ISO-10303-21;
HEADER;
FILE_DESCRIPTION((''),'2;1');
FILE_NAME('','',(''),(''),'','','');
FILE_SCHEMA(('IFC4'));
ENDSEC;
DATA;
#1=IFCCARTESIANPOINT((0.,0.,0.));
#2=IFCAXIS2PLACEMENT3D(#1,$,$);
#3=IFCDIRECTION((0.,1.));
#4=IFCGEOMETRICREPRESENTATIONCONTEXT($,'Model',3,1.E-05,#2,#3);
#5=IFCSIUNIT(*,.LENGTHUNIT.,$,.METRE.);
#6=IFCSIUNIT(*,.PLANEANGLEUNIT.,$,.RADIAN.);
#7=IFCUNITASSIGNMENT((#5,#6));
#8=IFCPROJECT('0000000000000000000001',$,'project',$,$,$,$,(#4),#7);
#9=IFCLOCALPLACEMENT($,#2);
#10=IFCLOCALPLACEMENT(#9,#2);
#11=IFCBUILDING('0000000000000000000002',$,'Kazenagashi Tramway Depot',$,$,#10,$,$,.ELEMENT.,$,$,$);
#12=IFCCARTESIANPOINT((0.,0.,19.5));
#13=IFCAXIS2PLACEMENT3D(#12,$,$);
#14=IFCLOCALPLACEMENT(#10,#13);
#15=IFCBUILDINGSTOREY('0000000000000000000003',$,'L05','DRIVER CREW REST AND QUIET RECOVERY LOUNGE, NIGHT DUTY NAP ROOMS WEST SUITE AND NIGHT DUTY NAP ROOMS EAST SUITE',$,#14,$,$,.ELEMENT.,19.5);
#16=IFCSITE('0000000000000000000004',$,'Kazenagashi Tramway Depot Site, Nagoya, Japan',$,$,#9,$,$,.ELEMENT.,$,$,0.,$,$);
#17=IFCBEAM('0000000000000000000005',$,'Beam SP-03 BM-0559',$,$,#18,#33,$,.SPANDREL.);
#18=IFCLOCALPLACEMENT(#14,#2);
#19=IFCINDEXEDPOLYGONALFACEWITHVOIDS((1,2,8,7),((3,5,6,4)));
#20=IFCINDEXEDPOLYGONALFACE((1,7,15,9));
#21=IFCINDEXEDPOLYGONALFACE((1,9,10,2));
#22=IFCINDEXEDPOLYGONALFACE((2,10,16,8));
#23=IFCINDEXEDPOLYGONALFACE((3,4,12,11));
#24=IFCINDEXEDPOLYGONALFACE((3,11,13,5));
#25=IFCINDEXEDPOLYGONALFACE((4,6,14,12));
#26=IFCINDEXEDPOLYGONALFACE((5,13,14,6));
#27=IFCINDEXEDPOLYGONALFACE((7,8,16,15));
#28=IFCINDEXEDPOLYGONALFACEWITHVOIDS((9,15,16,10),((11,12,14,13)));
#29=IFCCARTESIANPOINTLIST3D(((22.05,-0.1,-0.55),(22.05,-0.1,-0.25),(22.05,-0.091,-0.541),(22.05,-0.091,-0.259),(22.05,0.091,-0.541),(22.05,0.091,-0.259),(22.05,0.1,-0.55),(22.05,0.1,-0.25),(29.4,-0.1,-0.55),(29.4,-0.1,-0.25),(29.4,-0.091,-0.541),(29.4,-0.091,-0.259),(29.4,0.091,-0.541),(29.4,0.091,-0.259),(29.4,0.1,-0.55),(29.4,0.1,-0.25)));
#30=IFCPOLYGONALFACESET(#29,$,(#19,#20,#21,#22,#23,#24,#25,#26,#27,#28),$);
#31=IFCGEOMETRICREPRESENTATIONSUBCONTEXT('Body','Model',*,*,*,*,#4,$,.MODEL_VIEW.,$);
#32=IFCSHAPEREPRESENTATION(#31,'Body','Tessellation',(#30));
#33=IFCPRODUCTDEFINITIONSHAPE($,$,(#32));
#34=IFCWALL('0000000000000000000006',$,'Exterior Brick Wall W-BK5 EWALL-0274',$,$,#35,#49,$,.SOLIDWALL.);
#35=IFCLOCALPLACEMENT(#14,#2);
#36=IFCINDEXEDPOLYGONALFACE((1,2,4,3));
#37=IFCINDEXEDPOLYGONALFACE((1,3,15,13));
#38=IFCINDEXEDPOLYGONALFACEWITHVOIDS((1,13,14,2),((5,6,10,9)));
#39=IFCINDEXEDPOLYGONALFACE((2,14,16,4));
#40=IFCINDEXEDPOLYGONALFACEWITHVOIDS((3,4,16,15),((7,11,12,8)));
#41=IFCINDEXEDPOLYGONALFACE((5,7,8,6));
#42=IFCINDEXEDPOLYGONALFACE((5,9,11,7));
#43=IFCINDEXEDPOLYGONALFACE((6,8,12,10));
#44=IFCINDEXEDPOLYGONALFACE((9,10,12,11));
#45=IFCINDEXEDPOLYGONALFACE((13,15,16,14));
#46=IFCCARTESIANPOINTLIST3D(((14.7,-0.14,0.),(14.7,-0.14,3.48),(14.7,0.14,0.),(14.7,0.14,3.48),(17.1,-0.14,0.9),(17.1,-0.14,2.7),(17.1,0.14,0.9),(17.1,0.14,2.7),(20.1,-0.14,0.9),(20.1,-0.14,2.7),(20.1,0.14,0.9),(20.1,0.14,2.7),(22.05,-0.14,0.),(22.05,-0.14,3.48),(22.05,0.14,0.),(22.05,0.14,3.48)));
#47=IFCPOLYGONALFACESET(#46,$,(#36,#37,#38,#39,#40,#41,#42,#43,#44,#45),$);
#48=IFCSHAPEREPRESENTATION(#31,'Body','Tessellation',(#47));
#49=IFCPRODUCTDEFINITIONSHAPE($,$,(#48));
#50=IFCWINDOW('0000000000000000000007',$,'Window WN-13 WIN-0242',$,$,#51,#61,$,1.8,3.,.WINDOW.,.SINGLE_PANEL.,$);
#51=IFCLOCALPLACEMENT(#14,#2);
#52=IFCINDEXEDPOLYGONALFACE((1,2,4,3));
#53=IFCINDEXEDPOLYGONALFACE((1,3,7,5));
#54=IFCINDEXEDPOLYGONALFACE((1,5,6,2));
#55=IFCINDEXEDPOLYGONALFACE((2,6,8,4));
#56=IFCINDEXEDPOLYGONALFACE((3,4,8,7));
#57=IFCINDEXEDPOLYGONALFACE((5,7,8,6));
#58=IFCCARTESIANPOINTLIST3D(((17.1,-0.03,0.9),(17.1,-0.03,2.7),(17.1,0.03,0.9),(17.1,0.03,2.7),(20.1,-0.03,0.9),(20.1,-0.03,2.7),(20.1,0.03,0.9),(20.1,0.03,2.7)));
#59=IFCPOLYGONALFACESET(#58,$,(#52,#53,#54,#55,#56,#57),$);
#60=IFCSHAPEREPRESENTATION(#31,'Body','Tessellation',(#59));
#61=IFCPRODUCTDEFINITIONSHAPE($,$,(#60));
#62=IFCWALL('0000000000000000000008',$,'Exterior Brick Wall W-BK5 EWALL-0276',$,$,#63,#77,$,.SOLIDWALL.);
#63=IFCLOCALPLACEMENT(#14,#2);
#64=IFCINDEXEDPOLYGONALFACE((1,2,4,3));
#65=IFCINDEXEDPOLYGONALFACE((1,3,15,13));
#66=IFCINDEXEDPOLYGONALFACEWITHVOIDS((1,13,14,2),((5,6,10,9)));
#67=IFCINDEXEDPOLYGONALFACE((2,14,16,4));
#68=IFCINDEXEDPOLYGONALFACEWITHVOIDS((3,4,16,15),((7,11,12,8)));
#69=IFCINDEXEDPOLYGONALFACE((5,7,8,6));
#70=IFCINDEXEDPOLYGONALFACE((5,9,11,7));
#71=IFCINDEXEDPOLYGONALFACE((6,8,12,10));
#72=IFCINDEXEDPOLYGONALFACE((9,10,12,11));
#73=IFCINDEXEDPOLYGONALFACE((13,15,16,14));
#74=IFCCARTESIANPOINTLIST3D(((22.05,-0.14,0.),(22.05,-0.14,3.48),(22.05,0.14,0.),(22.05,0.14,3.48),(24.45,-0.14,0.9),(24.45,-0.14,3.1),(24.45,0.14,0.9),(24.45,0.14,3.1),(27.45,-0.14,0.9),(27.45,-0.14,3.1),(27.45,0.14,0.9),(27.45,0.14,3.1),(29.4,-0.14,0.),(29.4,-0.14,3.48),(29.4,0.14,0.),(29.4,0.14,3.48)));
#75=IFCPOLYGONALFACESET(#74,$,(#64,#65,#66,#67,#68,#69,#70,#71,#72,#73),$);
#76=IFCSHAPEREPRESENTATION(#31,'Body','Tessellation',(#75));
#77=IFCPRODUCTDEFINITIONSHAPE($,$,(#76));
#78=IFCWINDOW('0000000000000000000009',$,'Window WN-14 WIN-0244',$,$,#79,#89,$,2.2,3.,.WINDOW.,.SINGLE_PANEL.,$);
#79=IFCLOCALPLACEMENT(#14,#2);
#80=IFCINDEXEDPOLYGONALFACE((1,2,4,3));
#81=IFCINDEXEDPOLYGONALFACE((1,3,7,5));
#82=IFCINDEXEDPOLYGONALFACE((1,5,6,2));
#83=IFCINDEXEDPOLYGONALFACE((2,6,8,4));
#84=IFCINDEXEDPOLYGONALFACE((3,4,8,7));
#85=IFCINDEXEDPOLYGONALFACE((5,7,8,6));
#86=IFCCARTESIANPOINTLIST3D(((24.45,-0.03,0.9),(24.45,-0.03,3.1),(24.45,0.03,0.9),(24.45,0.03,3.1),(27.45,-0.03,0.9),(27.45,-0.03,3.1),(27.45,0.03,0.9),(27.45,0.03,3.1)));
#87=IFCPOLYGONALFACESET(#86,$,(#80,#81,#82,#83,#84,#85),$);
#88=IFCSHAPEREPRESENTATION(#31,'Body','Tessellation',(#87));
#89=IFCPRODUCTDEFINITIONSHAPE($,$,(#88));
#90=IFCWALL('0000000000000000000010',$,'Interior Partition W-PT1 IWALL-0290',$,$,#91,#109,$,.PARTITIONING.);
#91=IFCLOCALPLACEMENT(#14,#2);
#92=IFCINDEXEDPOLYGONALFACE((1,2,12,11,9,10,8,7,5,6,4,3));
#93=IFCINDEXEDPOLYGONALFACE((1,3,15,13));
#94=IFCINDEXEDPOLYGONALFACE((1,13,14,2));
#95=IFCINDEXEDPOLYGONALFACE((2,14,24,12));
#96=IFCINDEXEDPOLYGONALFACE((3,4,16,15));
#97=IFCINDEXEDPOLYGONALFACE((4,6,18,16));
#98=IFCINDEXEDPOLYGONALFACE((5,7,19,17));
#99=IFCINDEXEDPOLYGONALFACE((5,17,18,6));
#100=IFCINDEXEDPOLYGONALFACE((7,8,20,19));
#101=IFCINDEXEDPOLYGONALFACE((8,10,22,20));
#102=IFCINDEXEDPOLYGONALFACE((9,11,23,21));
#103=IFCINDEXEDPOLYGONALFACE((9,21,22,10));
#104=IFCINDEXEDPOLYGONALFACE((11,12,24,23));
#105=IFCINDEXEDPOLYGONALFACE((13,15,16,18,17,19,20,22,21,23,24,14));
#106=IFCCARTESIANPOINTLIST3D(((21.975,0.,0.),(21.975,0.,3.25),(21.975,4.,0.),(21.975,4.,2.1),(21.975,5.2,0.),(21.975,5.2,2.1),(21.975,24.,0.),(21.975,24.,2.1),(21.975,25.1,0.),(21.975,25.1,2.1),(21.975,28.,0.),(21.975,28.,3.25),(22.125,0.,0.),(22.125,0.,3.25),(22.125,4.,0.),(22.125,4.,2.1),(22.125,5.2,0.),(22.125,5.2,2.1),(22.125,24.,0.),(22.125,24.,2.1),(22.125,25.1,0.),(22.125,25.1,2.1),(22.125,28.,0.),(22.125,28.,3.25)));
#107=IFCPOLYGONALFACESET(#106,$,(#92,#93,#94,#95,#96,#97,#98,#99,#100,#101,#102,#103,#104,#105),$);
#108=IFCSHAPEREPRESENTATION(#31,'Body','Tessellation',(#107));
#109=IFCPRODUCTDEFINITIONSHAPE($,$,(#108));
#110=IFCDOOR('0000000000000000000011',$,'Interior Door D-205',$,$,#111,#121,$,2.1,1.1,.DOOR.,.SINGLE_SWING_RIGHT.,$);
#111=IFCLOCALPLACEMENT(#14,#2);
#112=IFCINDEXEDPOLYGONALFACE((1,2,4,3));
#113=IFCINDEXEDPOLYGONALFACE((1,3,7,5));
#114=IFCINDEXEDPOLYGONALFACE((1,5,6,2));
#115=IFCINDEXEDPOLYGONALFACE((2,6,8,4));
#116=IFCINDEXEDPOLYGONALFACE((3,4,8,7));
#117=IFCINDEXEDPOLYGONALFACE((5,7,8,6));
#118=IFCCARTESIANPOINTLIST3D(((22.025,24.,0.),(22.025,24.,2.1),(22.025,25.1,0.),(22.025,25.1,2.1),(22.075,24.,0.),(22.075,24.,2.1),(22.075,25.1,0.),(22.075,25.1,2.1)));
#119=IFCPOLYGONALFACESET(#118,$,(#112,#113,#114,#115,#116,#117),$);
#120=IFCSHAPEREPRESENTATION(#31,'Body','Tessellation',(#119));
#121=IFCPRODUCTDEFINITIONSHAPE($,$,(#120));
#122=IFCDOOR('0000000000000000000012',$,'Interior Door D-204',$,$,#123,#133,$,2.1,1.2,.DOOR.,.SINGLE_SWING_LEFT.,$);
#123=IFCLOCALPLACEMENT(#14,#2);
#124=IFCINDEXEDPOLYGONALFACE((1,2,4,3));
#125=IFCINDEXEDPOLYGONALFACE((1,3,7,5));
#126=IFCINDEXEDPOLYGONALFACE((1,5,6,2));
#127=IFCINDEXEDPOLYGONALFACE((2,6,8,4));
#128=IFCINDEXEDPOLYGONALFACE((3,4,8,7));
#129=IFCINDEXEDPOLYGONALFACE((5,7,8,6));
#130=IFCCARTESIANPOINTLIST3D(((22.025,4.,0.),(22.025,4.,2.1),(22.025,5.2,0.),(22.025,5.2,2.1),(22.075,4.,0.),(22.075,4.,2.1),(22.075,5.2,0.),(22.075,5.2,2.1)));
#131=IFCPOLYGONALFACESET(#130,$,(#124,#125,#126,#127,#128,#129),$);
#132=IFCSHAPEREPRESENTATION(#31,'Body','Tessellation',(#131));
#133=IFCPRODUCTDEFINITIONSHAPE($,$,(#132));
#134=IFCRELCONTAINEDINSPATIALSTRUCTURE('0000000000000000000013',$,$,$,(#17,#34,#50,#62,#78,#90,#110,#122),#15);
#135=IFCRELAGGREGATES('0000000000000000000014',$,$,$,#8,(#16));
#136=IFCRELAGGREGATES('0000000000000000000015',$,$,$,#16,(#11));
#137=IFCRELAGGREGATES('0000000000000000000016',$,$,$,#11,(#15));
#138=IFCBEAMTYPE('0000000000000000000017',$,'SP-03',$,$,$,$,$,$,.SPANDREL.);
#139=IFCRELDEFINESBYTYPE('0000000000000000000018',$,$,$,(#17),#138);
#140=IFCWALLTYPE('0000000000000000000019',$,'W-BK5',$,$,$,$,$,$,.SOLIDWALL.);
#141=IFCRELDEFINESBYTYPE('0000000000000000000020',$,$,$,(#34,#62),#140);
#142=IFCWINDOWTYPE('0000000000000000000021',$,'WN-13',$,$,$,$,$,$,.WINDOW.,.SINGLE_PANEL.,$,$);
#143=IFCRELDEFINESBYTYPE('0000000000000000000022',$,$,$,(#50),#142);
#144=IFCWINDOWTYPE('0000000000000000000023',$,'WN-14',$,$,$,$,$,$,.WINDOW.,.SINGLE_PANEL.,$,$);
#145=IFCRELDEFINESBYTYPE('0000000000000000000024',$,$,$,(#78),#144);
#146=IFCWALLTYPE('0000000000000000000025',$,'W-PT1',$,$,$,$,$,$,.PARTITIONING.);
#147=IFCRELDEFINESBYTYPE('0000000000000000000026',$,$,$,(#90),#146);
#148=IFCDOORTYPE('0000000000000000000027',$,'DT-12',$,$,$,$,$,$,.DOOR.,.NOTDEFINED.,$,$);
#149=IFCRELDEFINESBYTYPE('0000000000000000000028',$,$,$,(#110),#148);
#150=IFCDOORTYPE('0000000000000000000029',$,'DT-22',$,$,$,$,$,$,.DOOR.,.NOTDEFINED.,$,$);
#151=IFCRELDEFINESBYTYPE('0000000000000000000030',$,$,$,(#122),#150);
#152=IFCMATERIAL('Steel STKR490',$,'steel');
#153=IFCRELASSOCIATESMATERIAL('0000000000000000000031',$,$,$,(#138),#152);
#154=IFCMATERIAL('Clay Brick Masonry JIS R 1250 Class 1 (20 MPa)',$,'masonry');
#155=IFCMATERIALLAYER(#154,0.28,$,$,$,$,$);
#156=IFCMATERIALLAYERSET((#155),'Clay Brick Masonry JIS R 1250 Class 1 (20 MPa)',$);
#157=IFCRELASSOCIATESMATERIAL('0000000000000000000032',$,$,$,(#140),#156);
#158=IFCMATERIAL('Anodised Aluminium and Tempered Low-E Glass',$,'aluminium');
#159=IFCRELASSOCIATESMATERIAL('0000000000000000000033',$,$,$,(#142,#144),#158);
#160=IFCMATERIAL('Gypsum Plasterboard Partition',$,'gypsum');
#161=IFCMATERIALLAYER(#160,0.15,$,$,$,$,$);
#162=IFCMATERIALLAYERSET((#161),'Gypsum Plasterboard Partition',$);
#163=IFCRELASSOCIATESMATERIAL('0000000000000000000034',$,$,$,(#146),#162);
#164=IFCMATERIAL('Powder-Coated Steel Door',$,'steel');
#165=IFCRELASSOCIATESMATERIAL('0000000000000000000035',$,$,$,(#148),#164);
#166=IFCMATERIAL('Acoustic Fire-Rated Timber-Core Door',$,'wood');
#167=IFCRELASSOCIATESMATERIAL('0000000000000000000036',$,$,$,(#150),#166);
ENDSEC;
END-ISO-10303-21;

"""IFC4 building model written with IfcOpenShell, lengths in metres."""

from ifc_helpers import new_model, si_unit, direction, frame, frame_2d, origin, origin_2d, place, context, subcontext, project, spatial, rectangle, hollow_rectangle, extrude, material, layer, layer_set, material_profile, profile_set, type_object, element, fill, save


model = new_model("IFC4")

# Units and contexts
model_context = context("Model", 3, precision=1e-05, world=origin(), true_north=direction((0.0, 1.0)))
body_context = subcontext(model_context, "Body", "Model", "MODEL_VIEW")
ifc_project = project(units=[si_unit("LENGTHUNIT", "METRE"), si_unit("PLANEANGLEUNIT", "RADIAN")], contexts=[model_context])

# Site, building, storey
site_placement = place(None, origin())
site = spatial("IfcSite", under=ifc_project, at=site_placement, Name="Kazenagashi Tramway Depot Site, Nagoya, Japan", CompositionType="ELEMENT", RefElevation=0.0)
building_placement = place(site_placement, origin())
building = spatial("IfcBuilding", under=site, at=building_placement, Name="Kazenagashi Tramway Depot", CompositionType="ELEMENT")
storey_placement = place(building_placement, frame((0.0, 0.0, 19.5)))
storey = spatial("IfcBuildingStorey", under=building, at=storey_placement, Name="L05", Description="DRIVER CREW REST AND QUIET RECOVERY LOUNGE, NIGHT DUTY NAP ROOMS WEST SUITE AND NIGHT DUTY NAP ROOMS EAST SUITE", CompositionType="ELEMENT", Elevation=19.5)

# Beam
ifc_material_1 = material(Name="Steel STKR490", Category="steel")
ifc_material_profile_1 = material_profile(ifc_material_1, hollow_rectangle(XDim=0.2, YDim=0.3, WallThickness=0.009, at=origin_2d()), Name="RHS-300x200x9")
ifc_profile_set_1 = profile_set([ifc_material_profile_1], Name="Steel STKR490")
beam_type_1 = type_object("IfcBeamType", Name="SP-03", PredefinedType="SPANDREL", material=ifc_profile_set_1)
for number, where, z_axis, x_axis, name in (
    (1, (22.05, 0.0, -0.4), (1.0, 0.0, 0.0), (0.0, 1.0, 0.0), "Beam SP-03 BM-0559"),
):
    element("IfcBeam", number, at=place(storey_placement, frame(where, z_axis=z_axis, x_axis=x_axis)), inside=storey, type_object=beam_type_1, Name=name, PredefinedType="SPANDREL", context=body_context, shape_type="SweptSolid", body=[
        extrude(hollow_rectangle(XDim=0.2, YDim=0.3, WallThickness=0.009, at=origin_2d()), origin(), (0.0, 0.0, 1.0), 7.35),
    ])

# Walls, openings, windows
ifc_material_2 = material(Name="Clay Brick Masonry JIS R 1250 Class 1 (20 MPa)", Category="masonry")
ifc_layer_1 = layer(ifc_material_2, 0.28)
ifc_layer_set_1 = layer_set([ifc_layer_1], Name="Clay Brick Masonry JIS R 1250 Class 1 (20 MPa)")
wall_type_1 = type_object("IfcWallType", Name="W-BK5", PredefinedType="SOLIDWALL", material=ifc_layer_set_1)
wall_1_placement = place(storey_placement, frame((14.7, 0.0, 0.0), z_axis=(0.0, 0.0, 1.0), x_axis=(1.0, 0.0, 0.0)))
wall_1 = element("IfcWall", 2, at=wall_1_placement, inside=storey, type_object=wall_type_1, Name="Exterior Brick Wall W-BK5 EWALL-0274", PredefinedType="SOLIDWALL", context=body_context, shape_type="SweptSolid", body=[
    extrude(rectangle(XDim=7.35, YDim=0.28, at=frame_2d((3.675, 0.0))), origin(), (0.0, 0.0, 1.0), 3.48),
])
opening_1_placement = place(wall_1_placement, frame((2.4, 0.0, 0.9)))
opening_1 = element("IfcOpeningElement", 3, at=opening_1_placement, cuts=wall_1, PredefinedType="OPENING", context=body_context, shape_type="SweptSolid", body=[
    extrude(rectangle(XDim=3.0, YDim=1.8, at=frame_2d((1.5, 0.9))), frame((0.0, 0.15, 0.0), z_axis=(0.0, -1.0, 0.0), x_axis=(1.0, 0.0, 0.0)), (0.0, 0.0, 1.0), 0.3),
])
ifc_material_3 = material(Name="Anodised Aluminium and Tempered Low-E Glass", Category="aluminium")
window_type_1 = type_object("IfcWindowType", Name="WN-13", PartitioningType="SINGLE_PANEL", PredefinedType="WINDOW", material=ifc_material_3)
window_1_placement = place(opening_1_placement, origin())
window_1 = element("IfcWindow", 4, at=window_1_placement, inside=storey, type_object=window_type_1, Name="Window WN-13 WIN-0242", OverallHeight=1.8, OverallWidth=3.0, PartitioningType="SINGLE_PANEL", PredefinedType="WINDOW", context=body_context, shape_type="SweptSolid", body=[
    extrude(rectangle(XDim=3.0, YDim=1.8, at=frame_2d((1.5, 0.9))), frame((0.0, 0.03, 0.0), z_axis=(0.0, -1.0, 0.0), x_axis=(1.0, 0.0, 0.0)), (0.0, 0.0, 1.0), 0.06),
])
fill(opening_1, window_1)
wall_2_placement = place(storey_placement, frame((22.05, 0.0, 0.0), z_axis=(0.0, 0.0, 1.0), x_axis=(1.0, 0.0, 0.0)))
wall_2 = element("IfcWall", 5, at=wall_2_placement, inside=storey, type_object=wall_type_1, Name="Exterior Brick Wall W-BK5 EWALL-0276", PredefinedType="SOLIDWALL", context=body_context, shape_type="SweptSolid", body=[
    extrude(rectangle(XDim=7.35, YDim=0.28, at=frame_2d((3.675, 0.0))), origin(), (0.0, 0.0, 1.0), 3.48),
])
opening_2_placement = place(wall_2_placement, frame((2.4, 0.0, 0.9)))
opening_2 = element("IfcOpeningElement", 6, at=opening_2_placement, cuts=wall_2, PredefinedType="OPENING", context=body_context, shape_type="SweptSolid", body=[
    extrude(rectangle(XDim=3.0, YDim=2.2, at=frame_2d((1.5, 1.1))), frame((0.0, 0.15, 0.0), z_axis=(0.0, -1.0, 0.0), x_axis=(1.0, 0.0, 0.0)), (0.0, 0.0, 1.0), 0.3),
])
window_type_2 = type_object("IfcWindowType", Name="WN-14", PartitioningType="SINGLE_PANEL", PredefinedType="WINDOW", material=ifc_material_3)
window_2_placement = place(opening_2_placement, origin())
window_2 = element("IfcWindow", 7, at=window_2_placement, inside=storey, type_object=window_type_2, Name="Window WN-14 WIN-0244", OverallHeight=2.2, OverallWidth=3.0, PartitioningType="SINGLE_PANEL", PredefinedType="WINDOW", context=body_context, shape_type="SweptSolid", body=[
    extrude(rectangle(XDim=3.0, YDim=2.2, at=frame_2d((1.5, 1.1))), frame((0.0, 0.03, 0.0), z_axis=(0.0, -1.0, 0.0), x_axis=(1.0, 0.0, 0.0)), (0.0, 0.0, 1.0), 0.06),
])
fill(opening_2, window_2)

# Wall, openings, doors
ifc_material_4 = material(Name="Gypsum Plasterboard Partition", Category="gypsum")
ifc_layer_2 = layer(ifc_material_4, 0.15)
ifc_layer_set_2 = layer_set([ifc_layer_2], Name="Gypsum Plasterboard Partition")
wall_type_2 = type_object("IfcWallType", Name="W-PT1", PredefinedType="PARTITIONING", material=ifc_layer_set_2)
wall_3_placement = place(storey_placement, frame((22.05, 0.0, 0.0), z_axis=(0.0, 0.0, 1.0), x_axis=(0.0, 1.0, 0.0)))
wall_3 = element("IfcWall", 8, at=wall_3_placement, inside=storey, type_object=wall_type_2, Name="Interior Partition W-PT1 IWALL-0290", PredefinedType="PARTITIONING", context=body_context, shape_type="SweptSolid", body=[
    extrude(rectangle(XDim=28.0, YDim=0.15, at=frame_2d((14.0, 0.0))), origin(), (0.0, 0.0, 1.0), 3.25),
])
opening_3_placement = place(wall_3_placement, frame((4.0, 0.0, 0.0)))
opening_3 = element("IfcOpeningElement", 9, at=opening_3_placement, cuts=wall_3, PredefinedType="OPENING", context=body_context, shape_type="SweptSolid", body=[
    extrude(rectangle(XDim=1.2, YDim=2.1, at=frame_2d((0.6, 1.05))), frame((0.0, 0.085, 0.0), z_axis=(0.0, -1.0, 0.0), x_axis=(1.0, 0.0, 0.0)), (0.0, 0.0, 1.0), 0.17),
])
opening_4_placement = place(wall_3_placement, frame((24.0, 0.0, 0.0)))
opening_4 = element("IfcOpeningElement", 10, at=opening_4_placement, cuts=wall_3, PredefinedType="OPENING", context=body_context, shape_type="SweptSolid", body=[
    extrude(rectangle(XDim=1.1, YDim=2.1, at=frame_2d((0.55, 1.05))), frame((0.0, 0.085, 0.0), z_axis=(0.0, -1.0, 0.0), x_axis=(1.0, 0.0, 0.0)), (0.0, 0.0, 1.0), 0.17),
])
ifc_material_5 = material(Name="Powder-Coated Steel Door", Category="steel")
door_type_1 = type_object("IfcDoorType", Name="DT-12", OperationType="NOTDEFINED", PredefinedType="DOOR", material=ifc_material_5)
door_1_placement = place(opening_4_placement, origin())
door_1 = element("IfcDoor", 11, at=door_1_placement, inside=storey, type_object=door_type_1, Name="Interior Door D-205", OperationType="SINGLE_SWING_RIGHT", OverallHeight=2.1, OverallWidth=1.1, PredefinedType="DOOR", context=body_context, shape_type="SweptSolid", body=[
    extrude(rectangle(XDim=1.1, YDim=2.1, at=frame_2d((0.55, 1.05))), frame((0.0, 0.025, 0.0), z_axis=(0.0, -1.0, 0.0), x_axis=(1.0, 0.0, 0.0)), (0.0, 0.0, 1.0), 0.05),
])
fill(opening_4, door_1)
ifc_material_6 = material(Name="Acoustic Fire-Rated Timber-Core Door", Category="wood")
door_type_2 = type_object("IfcDoorType", Name="DT-22", OperationType="NOTDEFINED", PredefinedType="DOOR", material=ifc_material_6)
door_2_placement = place(opening_3_placement, origin())
door_2 = element("IfcDoor", 12, at=door_2_placement, inside=storey, type_object=door_type_2, Name="Interior Door D-204", OperationType="SINGLE_SWING_LEFT", OverallHeight=2.1, OverallWidth=1.2, PredefinedType="DOOR", context=body_context, shape_type="SweptSolid", body=[
    extrude(rectangle(XDim=1.2, YDim=2.1, at=frame_2d((0.6, 1.05))), frame((0.0, 0.025, 0.0), z_axis=(0.0, -1.0, 0.0), x_axis=(1.0, 0.0, 0.0)), (0.0, 0.0, 1.0), 0.05),
])
fill(opening_3, door_2)

save(model, "model.ifc")
